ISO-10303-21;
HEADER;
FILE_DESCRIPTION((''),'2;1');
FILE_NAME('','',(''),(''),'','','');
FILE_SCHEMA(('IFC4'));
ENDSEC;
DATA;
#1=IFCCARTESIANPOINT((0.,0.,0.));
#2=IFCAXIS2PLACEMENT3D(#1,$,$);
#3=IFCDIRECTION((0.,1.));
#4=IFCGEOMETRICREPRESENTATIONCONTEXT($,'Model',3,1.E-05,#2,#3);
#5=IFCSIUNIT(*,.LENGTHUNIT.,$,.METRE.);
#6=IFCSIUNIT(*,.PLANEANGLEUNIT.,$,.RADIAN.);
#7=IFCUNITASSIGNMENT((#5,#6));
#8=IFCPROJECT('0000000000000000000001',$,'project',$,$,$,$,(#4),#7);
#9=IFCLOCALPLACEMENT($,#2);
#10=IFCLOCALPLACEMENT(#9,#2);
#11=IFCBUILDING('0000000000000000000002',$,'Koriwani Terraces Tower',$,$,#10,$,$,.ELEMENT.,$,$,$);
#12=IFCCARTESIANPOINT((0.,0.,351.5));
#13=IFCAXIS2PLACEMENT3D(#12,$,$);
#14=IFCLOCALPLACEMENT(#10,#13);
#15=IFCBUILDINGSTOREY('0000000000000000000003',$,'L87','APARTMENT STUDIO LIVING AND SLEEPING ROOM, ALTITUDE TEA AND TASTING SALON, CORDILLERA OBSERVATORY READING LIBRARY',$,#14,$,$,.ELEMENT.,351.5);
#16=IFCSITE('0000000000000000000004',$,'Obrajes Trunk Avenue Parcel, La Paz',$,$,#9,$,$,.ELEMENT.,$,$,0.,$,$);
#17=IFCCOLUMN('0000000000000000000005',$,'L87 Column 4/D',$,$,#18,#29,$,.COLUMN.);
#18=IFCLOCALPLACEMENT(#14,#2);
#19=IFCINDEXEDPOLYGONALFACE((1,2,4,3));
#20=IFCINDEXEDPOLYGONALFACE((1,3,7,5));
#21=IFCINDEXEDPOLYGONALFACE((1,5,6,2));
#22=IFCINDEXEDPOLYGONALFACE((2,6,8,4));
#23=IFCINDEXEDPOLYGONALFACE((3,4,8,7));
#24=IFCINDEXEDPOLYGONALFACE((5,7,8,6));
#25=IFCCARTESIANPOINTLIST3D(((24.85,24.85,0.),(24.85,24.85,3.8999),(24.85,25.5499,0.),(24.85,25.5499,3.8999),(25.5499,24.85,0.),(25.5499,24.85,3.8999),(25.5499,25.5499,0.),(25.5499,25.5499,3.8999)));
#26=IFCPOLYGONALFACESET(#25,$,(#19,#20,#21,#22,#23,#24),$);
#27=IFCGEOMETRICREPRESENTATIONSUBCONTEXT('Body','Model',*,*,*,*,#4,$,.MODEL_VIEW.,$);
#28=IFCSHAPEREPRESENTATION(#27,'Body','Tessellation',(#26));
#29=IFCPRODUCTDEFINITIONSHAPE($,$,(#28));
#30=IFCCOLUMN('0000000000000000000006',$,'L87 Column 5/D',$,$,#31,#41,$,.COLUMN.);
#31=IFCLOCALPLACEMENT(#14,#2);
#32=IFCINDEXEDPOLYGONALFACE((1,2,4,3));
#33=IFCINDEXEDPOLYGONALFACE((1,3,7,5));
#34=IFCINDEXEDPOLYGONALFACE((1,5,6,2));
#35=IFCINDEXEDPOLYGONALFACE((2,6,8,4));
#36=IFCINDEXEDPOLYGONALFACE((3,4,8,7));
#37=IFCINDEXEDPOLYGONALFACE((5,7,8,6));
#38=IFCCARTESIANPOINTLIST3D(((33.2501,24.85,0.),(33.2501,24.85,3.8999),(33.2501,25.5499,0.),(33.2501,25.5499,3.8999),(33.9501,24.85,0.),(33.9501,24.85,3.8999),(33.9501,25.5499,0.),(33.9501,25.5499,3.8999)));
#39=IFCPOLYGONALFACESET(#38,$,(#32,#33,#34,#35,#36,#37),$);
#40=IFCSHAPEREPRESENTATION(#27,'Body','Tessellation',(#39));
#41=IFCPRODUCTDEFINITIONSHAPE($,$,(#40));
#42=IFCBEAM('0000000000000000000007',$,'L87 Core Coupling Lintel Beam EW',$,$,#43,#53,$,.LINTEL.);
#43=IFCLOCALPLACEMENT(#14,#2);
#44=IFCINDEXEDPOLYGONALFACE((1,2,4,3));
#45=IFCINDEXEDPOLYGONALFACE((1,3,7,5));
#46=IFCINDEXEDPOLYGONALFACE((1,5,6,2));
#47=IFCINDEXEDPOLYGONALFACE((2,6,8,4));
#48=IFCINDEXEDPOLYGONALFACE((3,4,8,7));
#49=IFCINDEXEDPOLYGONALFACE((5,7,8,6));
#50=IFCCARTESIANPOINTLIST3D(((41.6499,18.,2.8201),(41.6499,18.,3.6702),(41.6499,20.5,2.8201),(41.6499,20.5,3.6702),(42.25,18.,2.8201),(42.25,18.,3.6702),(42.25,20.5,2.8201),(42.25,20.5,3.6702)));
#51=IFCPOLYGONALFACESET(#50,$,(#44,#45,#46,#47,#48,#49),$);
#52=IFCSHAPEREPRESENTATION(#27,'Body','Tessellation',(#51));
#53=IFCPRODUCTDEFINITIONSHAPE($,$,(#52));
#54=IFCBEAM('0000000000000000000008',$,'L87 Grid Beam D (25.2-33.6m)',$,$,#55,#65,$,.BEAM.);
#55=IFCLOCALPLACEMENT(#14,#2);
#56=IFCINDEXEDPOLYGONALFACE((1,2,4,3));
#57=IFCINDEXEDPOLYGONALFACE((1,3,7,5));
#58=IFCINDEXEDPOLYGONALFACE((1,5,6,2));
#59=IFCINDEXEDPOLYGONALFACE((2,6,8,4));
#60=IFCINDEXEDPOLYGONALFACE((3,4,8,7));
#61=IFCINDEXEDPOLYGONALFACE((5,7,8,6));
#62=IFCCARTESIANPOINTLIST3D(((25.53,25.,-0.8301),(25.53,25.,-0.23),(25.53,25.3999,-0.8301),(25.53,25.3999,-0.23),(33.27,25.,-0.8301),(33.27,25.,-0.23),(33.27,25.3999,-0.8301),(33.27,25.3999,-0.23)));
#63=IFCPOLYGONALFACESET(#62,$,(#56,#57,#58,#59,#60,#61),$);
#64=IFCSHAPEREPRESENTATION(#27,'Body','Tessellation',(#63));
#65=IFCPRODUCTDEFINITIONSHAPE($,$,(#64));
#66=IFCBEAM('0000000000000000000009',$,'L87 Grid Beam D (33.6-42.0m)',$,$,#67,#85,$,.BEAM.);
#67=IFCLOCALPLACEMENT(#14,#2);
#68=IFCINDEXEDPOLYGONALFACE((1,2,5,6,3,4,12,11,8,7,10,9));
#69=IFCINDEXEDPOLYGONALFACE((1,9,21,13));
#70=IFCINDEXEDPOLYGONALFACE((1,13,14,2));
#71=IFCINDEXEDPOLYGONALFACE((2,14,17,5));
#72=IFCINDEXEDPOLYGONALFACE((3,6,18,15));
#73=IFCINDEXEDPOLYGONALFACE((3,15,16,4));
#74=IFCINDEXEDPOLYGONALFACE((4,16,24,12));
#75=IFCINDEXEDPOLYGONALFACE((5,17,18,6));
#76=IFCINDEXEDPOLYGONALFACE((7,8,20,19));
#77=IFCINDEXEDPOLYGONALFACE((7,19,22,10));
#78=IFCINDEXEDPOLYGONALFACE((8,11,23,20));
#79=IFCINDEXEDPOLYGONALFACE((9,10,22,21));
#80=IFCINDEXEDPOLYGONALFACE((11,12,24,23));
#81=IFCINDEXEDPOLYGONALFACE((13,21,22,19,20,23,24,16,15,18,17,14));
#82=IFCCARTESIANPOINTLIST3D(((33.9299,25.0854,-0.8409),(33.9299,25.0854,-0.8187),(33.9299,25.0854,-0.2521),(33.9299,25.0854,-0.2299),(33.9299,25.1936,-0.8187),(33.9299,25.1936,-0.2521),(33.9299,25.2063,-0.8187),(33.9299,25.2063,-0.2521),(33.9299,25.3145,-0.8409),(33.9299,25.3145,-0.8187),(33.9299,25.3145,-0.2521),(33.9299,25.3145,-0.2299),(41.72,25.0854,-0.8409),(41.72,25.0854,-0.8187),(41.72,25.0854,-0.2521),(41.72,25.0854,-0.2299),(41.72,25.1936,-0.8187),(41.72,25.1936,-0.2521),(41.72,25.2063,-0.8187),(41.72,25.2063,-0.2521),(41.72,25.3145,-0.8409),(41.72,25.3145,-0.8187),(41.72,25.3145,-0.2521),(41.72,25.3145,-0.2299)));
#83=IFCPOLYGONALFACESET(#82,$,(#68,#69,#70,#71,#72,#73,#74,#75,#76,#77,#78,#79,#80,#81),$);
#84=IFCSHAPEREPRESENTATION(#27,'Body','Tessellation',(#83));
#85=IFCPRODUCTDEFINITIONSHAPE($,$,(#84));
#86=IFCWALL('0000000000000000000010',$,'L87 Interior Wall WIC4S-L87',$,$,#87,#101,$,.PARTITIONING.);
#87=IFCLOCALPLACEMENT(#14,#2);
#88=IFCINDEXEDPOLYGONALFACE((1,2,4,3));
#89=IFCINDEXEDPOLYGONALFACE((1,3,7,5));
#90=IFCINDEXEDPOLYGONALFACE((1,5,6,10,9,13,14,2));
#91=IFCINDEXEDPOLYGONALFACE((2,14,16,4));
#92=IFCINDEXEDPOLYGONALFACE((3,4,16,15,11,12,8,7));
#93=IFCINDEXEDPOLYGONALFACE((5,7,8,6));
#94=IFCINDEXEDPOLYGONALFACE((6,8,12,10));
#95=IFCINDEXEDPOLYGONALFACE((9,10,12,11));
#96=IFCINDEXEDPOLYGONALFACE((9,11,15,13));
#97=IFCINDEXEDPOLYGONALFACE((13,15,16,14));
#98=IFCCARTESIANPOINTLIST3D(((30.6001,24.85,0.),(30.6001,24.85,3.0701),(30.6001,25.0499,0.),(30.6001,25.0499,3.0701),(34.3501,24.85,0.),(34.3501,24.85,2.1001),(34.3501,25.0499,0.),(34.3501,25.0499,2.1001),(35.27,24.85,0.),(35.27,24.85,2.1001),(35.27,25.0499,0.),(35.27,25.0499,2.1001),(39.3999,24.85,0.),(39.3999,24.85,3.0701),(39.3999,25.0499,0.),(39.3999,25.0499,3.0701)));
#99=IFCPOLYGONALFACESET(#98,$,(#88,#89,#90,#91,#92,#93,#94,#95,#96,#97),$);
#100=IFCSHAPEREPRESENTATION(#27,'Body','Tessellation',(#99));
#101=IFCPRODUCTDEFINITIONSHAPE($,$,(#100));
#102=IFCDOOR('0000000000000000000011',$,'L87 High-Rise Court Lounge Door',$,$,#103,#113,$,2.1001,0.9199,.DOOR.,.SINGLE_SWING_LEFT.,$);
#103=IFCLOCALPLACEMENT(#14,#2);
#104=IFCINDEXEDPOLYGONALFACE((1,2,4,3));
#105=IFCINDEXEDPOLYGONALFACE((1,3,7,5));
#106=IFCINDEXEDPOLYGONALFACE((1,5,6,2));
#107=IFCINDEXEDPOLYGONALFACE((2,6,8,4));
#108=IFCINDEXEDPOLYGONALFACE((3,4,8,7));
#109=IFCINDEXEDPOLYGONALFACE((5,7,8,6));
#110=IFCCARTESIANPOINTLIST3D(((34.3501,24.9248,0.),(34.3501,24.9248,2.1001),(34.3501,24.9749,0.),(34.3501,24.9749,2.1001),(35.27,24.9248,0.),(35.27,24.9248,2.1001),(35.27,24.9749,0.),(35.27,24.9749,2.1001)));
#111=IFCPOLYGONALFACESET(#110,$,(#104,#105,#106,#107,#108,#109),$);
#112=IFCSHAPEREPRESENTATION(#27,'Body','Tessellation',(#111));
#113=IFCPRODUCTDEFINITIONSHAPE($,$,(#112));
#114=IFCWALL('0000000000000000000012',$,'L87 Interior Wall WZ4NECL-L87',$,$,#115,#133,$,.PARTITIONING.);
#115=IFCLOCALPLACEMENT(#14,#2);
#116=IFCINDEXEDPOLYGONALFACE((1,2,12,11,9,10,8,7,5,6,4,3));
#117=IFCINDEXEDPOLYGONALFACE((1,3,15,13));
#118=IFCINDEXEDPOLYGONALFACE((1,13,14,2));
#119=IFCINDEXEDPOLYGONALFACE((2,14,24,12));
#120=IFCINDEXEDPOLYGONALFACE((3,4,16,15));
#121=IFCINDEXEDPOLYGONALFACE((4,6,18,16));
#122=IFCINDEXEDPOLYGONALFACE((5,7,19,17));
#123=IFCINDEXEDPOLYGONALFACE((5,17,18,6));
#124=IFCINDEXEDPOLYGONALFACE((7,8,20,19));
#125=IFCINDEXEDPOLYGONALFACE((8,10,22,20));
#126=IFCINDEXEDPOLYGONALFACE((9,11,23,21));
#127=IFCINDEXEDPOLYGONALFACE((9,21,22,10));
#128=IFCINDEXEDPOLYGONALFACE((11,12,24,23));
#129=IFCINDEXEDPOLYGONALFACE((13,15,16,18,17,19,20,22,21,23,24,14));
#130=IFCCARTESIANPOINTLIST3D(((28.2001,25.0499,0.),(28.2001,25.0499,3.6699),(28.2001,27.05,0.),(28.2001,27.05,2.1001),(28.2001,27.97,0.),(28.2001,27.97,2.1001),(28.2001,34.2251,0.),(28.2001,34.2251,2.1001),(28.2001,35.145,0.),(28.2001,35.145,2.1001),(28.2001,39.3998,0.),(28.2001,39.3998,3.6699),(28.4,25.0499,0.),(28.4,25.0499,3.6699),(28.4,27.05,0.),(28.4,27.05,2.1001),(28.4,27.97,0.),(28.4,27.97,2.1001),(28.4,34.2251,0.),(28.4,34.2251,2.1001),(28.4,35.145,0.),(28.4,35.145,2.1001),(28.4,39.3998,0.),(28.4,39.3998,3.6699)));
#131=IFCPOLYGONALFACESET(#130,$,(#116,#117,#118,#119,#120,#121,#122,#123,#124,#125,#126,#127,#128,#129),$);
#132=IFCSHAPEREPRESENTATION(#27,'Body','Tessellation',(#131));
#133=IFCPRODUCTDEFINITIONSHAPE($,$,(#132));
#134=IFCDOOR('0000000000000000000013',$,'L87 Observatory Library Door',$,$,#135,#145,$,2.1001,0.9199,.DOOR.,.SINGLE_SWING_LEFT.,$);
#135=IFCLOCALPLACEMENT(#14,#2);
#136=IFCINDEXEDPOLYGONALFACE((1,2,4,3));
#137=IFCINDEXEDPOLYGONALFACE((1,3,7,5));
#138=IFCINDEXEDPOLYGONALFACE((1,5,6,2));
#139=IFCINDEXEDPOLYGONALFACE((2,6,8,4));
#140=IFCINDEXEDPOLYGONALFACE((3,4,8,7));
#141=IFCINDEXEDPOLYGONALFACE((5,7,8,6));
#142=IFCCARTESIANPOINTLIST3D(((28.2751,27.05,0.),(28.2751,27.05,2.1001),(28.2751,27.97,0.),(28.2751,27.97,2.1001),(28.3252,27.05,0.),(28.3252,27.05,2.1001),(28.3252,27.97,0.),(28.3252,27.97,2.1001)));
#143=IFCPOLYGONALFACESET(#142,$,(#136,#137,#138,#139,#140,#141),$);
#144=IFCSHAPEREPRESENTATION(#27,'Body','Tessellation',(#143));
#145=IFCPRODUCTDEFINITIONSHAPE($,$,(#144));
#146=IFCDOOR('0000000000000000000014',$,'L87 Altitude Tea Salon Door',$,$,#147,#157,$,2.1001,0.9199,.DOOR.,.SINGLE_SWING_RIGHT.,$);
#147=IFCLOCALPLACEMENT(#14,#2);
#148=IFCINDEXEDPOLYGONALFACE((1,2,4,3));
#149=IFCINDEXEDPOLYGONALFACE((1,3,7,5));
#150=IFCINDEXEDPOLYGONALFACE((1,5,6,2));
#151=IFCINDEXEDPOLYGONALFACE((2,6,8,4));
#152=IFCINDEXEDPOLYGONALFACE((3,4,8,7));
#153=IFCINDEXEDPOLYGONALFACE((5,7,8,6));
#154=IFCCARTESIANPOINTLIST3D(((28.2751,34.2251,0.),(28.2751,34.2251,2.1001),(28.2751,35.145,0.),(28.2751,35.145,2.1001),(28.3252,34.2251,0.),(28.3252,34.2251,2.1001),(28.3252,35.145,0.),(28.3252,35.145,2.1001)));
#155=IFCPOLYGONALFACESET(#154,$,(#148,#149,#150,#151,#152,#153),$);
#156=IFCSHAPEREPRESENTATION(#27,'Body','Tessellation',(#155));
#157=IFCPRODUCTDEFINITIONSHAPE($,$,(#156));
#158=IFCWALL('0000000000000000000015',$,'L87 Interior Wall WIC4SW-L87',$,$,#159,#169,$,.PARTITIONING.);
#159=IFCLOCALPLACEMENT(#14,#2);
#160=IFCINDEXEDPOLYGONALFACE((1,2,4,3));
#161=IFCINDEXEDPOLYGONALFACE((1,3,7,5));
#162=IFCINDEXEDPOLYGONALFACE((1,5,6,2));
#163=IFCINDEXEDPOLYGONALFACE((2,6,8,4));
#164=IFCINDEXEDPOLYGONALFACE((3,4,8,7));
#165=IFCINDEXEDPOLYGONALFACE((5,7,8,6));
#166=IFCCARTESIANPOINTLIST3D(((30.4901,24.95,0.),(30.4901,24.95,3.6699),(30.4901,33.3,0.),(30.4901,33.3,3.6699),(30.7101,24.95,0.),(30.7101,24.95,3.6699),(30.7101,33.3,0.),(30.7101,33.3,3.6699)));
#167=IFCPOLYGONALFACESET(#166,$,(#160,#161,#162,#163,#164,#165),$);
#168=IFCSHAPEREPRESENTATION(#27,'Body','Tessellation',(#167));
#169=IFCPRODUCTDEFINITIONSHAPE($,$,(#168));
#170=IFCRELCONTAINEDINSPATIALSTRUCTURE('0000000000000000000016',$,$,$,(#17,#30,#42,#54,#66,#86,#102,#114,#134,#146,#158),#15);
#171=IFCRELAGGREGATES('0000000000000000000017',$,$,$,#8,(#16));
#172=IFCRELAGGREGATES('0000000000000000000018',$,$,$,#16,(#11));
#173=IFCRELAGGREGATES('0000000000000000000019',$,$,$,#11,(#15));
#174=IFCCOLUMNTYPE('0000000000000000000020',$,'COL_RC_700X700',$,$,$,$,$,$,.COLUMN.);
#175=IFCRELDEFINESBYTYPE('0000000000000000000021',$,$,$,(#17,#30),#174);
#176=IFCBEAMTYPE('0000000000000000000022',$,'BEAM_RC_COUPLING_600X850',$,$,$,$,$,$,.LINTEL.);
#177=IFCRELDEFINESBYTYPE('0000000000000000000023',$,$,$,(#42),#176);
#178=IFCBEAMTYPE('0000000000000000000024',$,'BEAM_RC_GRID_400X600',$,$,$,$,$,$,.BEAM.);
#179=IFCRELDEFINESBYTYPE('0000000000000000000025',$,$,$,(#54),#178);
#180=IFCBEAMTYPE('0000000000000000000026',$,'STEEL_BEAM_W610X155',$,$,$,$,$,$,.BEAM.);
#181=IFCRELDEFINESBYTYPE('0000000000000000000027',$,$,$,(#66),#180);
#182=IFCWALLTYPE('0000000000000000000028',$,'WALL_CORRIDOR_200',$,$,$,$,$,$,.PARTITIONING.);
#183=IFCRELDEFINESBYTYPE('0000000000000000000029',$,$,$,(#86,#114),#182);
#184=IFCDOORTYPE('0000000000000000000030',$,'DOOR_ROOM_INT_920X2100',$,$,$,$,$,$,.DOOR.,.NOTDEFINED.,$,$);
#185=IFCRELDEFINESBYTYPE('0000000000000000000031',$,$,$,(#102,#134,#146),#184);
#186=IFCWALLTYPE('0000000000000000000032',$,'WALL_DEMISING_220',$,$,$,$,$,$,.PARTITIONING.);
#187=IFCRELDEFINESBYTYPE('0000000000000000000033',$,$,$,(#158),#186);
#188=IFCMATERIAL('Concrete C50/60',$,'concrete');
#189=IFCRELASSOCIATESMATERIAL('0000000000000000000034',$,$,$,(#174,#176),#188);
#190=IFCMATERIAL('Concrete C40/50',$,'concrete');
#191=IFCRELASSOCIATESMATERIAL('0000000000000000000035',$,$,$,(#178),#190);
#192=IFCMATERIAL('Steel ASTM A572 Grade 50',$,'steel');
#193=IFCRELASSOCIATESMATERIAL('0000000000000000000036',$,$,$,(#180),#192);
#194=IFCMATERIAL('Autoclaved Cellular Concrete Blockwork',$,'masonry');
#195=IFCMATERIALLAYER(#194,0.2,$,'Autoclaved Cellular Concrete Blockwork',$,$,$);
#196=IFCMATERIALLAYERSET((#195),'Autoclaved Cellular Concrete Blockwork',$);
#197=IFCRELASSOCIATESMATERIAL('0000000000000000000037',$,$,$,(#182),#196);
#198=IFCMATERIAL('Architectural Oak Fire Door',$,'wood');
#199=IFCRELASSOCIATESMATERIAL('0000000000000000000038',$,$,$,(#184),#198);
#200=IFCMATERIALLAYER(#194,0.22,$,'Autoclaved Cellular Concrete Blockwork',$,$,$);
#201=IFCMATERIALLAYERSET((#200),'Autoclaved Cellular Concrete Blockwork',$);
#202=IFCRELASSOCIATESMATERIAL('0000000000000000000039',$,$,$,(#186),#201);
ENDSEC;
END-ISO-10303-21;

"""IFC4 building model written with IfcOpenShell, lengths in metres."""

from ifc_helpers import new_model, si_unit, direction, frame, frame_2d, origin, origin_2d, place, context, subcontext, project, spatial, rectangle, i_section, extrude, material, layer, layer_set, material_profile, profile_set, type_object, element, fill, save


model = new_model("IFC4")

# Units and contexts
model_context = context("Model", 3, precision=1e-05, world=origin(), true_north=direction((0.0, 1.0)))
body_context = subcontext(model_context, "Body", "Model", "MODEL_VIEW")
ifc_project = project(units=[si_unit("LENGTHUNIT", "METRE"), si_unit("PLANEANGLEUNIT", "RADIAN")], contexts=[model_context])

# Site, building, storey
site_placement = place(None, origin())
site = spatial("IfcSite", under=ifc_project, at=site_placement, Name="Obrajes Trunk Avenue Parcel, La Paz", CompositionType="ELEMENT", RefElevation=0.0)
building_placement = place(site_placement, origin())
building = spatial("IfcBuilding", under=site, at=building_placement, Name="Koriwani Terraces Tower", CompositionType="ELEMENT")
storey_placement = place(building_placement, frame((0.0, 0.0, 351.5)))
storey = spatial("IfcBuildingStorey", under=building, at=storey_placement, Name="L87", Description="APARTMENT STUDIO LIVING AND SLEEPING ROOM, ALTITUDE TEA AND TASTING SALON, CORDILLERA OBSERVATORY READING LIBRARY", CompositionType="ELEMENT", Elevation=351.5)

# Columns
ifc_material_1 = material(Name="Concrete C50/60", Category="concrete")
ifc_material_profile_1 = material_profile(ifc_material_1, rectangle(XDim=0.7, YDim=0.7, at=origin_2d()), Name="Concrete C50/60", Category="LoadBearing")
ifc_profile_set_1 = profile_set([ifc_material_profile_1], Name="Concrete C50/60")
column_type = type_object("IfcColumnType", Name="COL_RC_700X700", PredefinedType="COLUMN", material=ifc_profile_set_1)
for number, where, z_axis, x_axis, name in (
    (1, (25.2, 25.2, 0.0), (0.0, 0.0, 1.0), (1.0, 0.0, 0.0), "L87 Column 4/D"),
    (2, (33.6001, 25.2, 0.0), (0.0, 0.0, 1.0), (1.0, 0.0, 0.0), "L87 Column 5/D"),
):
    element("IfcColumn", number, at=place(storey_placement, frame(where, z_axis=z_axis, x_axis=x_axis)), inside=storey, type_object=column_type, Name=name, PredefinedType="COLUMN", context=body_context, shape_type="SweptSolid", body=[
        extrude(rectangle(XDim=0.7, YDim=0.7, at=origin_2d()), origin(), (0.0, 0.0, 1.0), 3.8999),
    ])

# Beams
ifc_material_profile_2 = material_profile(ifc_material_1, rectangle(XDim=0.6001, YDim=0.8501, at=origin_2d()), Name="Concrete C50/60", Category="LoadBearing")
ifc_profile_set_2 = profile_set([ifc_material_profile_2], Name="Concrete C50/60")
beam_type_1 = type_object("IfcBeamType", Name="BEAM_RC_COUPLING_600X850", PredefinedType="LINTEL", material=ifc_profile_set_2)
beam_1_placement = place(storey_placement, frame((41.95, 18.0, 3.2451), z_axis=(0.0, 1.0, 0.0), x_axis=(-1.0, 0.0, 0.0)))
element("IfcBeam", 3, at=beam_1_placement, inside=storey, type_object=beam_type_1, Name="L87 Core Coupling Lintel Beam EW", PredefinedType="LINTEL", context=body_context, shape_type="SweptSolid", body=[
    extrude(rectangle(XDim=0.6001, YDim=0.8501, at=origin_2d()), origin(), (0.0, 0.0, 1.0), 2.5),
])
ifc_material_2 = material(Name="Concrete C40/50", Category="concrete")
ifc_material_profile_3 = material_profile(ifc_material_2, rectangle(XDim=0.3999, YDim=0.6001, at=origin_2d()), Name="Concrete C40/50", Category="LoadBearing")
ifc_profile_set_3 = profile_set([ifc_material_profile_3], Name="Concrete C40/50")
beam_type_2 = type_object("IfcBeamType", Name="BEAM_RC_GRID_400X600", PredefinedType="BEAM", material=ifc_profile_set_3)
beam_2_placement = place(storey_placement, frame((25.53, 25.2, -0.53), z_axis=(1.0, 0.0, 0.0), x_axis=(0.0, 1.0, 0.0)))
element("IfcBeam", 4, at=beam_2_placement, inside=storey, type_object=beam_type_2, Name="L87 Grid Beam D (25.2-33.6m)", PredefinedType="BEAM", context=body_context, shape_type="SweptSolid", body=[
    extrude(rectangle(XDim=0.3999, YDim=0.6001, at=origin_2d()), origin(), (0.0, 0.0, 1.0), 7.74),
])
ifc_material_3 = material(Name="Steel ASTM A572 Grade 50", Category="steel")
ifc_material_profile_4 = material_profile(ifc_material_3, i_section(OverallWidth=0.229, OverallDepth=0.6111, WebThickness=0.0127, FlangeThickness=0.0222, at=origin_2d()), Name="Steel ASTM A572 Grade 50", Category="LoadBearing")
ifc_profile_set_4 = profile_set([ifc_material_profile_4], Name="Steel ASTM A572 Grade 50")
beam_type_3 = type_object("IfcBeamType", Name="STEEL_BEAM_W610X155", PredefinedType="BEAM", material=ifc_profile_set_4)
beam_3_placement = place(storey_placement, frame((33.9299, 25.2, -0.5354), z_axis=(1.0, 0.0, 0.0), x_axis=(0.0, 1.0, 0.0)))
element("IfcBeam", 5, at=beam_3_placement, inside=storey, type_object=beam_type_3, Name="L87 Grid Beam D (33.6-42.0m)", PredefinedType="BEAM", context=body_context, shape_type="SweptSolid", body=[
    extrude(i_section(OverallWidth=0.229, OverallDepth=0.6111, WebThickness=0.0127, FlangeThickness=0.0222, at=origin_2d()), origin(), (0.0, 0.0, 1.0), 7.79),
])

# Wall, opening, door
ifc_material_4 = material(Name="Autoclaved Cellular Concrete Blockwork", Category="masonry")
ifc_layer_1 = layer(ifc_material_4, 0.2, Name="Autoclaved Cellular Concrete Blockwork")
ifc_layer_set_1 = layer_set([ifc_layer_1], Name="Autoclaved Cellular Concrete Blockwork")
wall_type_1 = type_object("IfcWallType", Name="WALL_CORRIDOR_200", PredefinedType="PARTITIONING", material=ifc_layer_set_1)
wall_1_placement = place(storey_placement, frame((30.6001, 24.95, 0.0), z_axis=(0.0, 0.0, 1.0), x_axis=(1.0, 0.0, 0.0)))
wall_1 = element("IfcWall", 6, at=wall_1_placement, inside=storey, type_object=wall_type_1, Name="L87 Interior Wall WIC4S-L87", PredefinedType="PARTITIONING", context=body_context, shape_type="SweptSolid", body=[
    extrude(rectangle(XDim=8.7998, YDim=0.2, at=frame_2d((4.3999, 0.0))), origin(), (0.0, 0.0, 1.0), 3.0701),
])
opening_1_placement = place(wall_1_placement, frame((3.75, 0.0, 0.0)))
opening_1 = element("IfcOpeningElement", 7, at=opening_1_placement, cuts=wall_1, PredefinedType="OPENING", context=body_context, shape_type="SweptSolid", body=[
    extrude(rectangle(XDim=0.9199, YDim=2.1001, at=frame_2d((0.46, 1.05))), frame((0.0, 0.1099, 0.0), z_axis=(0.0, -1.0, 0.0), x_axis=(1.0, 0.0, 0.0)), (0.0, 0.0, 1.0), 0.22),
])
ifc_material_5 = material(Name="Architectural Oak Fire Door", Category="wood")
door_type_1 = type_object("IfcDoorType", Name="DOOR_ROOM_INT_920X2100", OperationType="NOTDEFINED", PredefinedType="DOOR", material=ifc_material_5)
door_1_placement = place(opening_1_placement, origin())
door_1 = element("IfcDoor", 8, at=door_1_placement, inside=storey, type_object=door_type_1, Name="L87 High-Rise Court Lounge Door", OperationType="SINGLE_SWING_LEFT", OverallHeight=2.1001, OverallWidth=0.9199, PredefinedType="DOOR", context=body_context, shape_type="SweptSolid", body=[
    extrude(rectangle(XDim=0.9199, YDim=2.1001, at=frame_2d((0.46, 1.05))), frame((0.0, 0.0249, 0.0), z_axis=(0.0, -1.0, 0.0), x_axis=(1.0, 0.0, 0.0)), (0.0, 0.0, 1.0), 0.05),
])
fill(opening_1, door_1)

# Wall, openings, doors
wall_2_placement = place(storey_placement, frame((28.3, 25.05, 0.0), z_axis=(0.0, 0.0, 1.0), x_axis=(0.0, 1.0, 0.0)))
wall_2 = element("IfcWall", 9, at=wall_2_placement, inside=storey, type_object=wall_type_1, Name="L87 Interior Wall WZ4NECL-L87", PredefinedType="PARTITIONING", context=body_context, shape_type="SweptSolid", body=[
    extrude(rectangle(XDim=14.3499, YDim=0.2, at=frame_2d((7.1748, 0.0))), origin(), (0.0, 0.0, 1.0), 3.6699),
])
opening_2_placement = place(wall_2_placement, frame((2.0, 0.0, 0.0)))
opening_2 = element("IfcOpeningElement", 10, at=opening_2_placement, cuts=wall_2, PredefinedType="OPENING", context=body_context, shape_type="SweptSolid", body=[
    extrude(rectangle(XDim=0.9199, YDim=2.1001, at=frame_2d((0.46, 1.05))), frame((0.0, 0.1099, 0.0), z_axis=(0.0, -1.0, 0.0), x_axis=(1.0, 0.0, 0.0)), (0.0, 0.0, 1.0), 0.22),
])
opening_3_placement = place(wall_2_placement, frame((9.175, 0.0, 0.0)))
opening_3 = element("IfcOpeningElement", 11, at=opening_3_placement, cuts=wall_2, PredefinedType="OPENING", context=body_context, shape_type="SweptSolid", body=[
    extrude(rectangle(XDim=0.9199, YDim=2.1001, at=frame_2d((0.46, 1.05))), frame((0.0, 0.1099, 0.0), z_axis=(0.0, -1.0, 0.0), x_axis=(1.0, 0.0, 0.0)), (0.0, 0.0, 1.0), 0.22),
])
door_2_placement = place(opening_2_placement, origin())
door_2 = element("IfcDoor", 12, at=door_2_placement, inside=storey, type_object=door_type_1, Name="L87 Observatory Library Door", OperationType="SINGLE_SWING_LEFT", OverallHeight=2.1001, OverallWidth=0.9199, PredefinedType="DOOR", context=body_context, shape_type="SweptSolid", body=[
    extrude(rectangle(XDim=0.9199, YDim=2.1001, at=frame_2d((0.46, 1.05))), frame((0.0, 0.0249, 0.0), z_axis=(0.0, -1.0, 0.0), x_axis=(1.0, 0.0, 0.0)), (0.0, 0.0, 1.0), 0.05),
])
fill(opening_2, door_2)
door_3_placement = place(opening_3_placement, origin())
door_3 = element("IfcDoor", 13, at=door_3_placement, inside=storey, type_object=door_type_1, Name="L87 Altitude Tea Salon Door", OperationType="SINGLE_SWING_RIGHT", OverallHeight=2.1001, OverallWidth=0.9199, PredefinedType="DOOR", context=body_context, shape_type="SweptSolid", body=[
    extrude(rectangle(XDim=0.9199, YDim=2.1001, at=frame_2d((0.46, 1.05))), frame((0.0, 0.0249, 0.0), z_axis=(0.0, -1.0, 0.0), x_axis=(1.0, 0.0, 0.0)), (0.0, 0.0, 1.0), 0.05),
])
fill(opening_3, door_3)

# Wall
ifc_layer_2 = layer(ifc_material_4, 0.22, Name="Autoclaved Cellular Concrete Blockwork")
ifc_layer_set_2 = layer_set([ifc_layer_2], Name="Autoclaved Cellular Concrete Blockwork")
wall_type_2 = type_object("IfcWallType", Name="WALL_DEMISING_220", PredefinedType="PARTITIONING", material=ifc_layer_set_2)
for number, where, z_axis, x_axis, name in (
    (14, (30.6001, 24.95, 0.0), (0.0, 0.0, 1.0), (0.0, 1.0, 0.0), "L87 Interior Wall WIC4SW-L87"),
):
    element("IfcWall", number, at=place(storey_placement, frame(where, z_axis=z_axis, x_axis=x_axis)), inside=storey, type_object=wall_type_2, Name=name, PredefinedType="PARTITIONING", context=body_context, shape_type="SweptSolid", body=[
        extrude(rectangle(XDim=8.3501, YDim=0.22, at=frame_2d((4.175, 0.0))), origin(), (0.0, 0.0, 1.0), 3.6699),
    ])

save(model, "model.ifc")
